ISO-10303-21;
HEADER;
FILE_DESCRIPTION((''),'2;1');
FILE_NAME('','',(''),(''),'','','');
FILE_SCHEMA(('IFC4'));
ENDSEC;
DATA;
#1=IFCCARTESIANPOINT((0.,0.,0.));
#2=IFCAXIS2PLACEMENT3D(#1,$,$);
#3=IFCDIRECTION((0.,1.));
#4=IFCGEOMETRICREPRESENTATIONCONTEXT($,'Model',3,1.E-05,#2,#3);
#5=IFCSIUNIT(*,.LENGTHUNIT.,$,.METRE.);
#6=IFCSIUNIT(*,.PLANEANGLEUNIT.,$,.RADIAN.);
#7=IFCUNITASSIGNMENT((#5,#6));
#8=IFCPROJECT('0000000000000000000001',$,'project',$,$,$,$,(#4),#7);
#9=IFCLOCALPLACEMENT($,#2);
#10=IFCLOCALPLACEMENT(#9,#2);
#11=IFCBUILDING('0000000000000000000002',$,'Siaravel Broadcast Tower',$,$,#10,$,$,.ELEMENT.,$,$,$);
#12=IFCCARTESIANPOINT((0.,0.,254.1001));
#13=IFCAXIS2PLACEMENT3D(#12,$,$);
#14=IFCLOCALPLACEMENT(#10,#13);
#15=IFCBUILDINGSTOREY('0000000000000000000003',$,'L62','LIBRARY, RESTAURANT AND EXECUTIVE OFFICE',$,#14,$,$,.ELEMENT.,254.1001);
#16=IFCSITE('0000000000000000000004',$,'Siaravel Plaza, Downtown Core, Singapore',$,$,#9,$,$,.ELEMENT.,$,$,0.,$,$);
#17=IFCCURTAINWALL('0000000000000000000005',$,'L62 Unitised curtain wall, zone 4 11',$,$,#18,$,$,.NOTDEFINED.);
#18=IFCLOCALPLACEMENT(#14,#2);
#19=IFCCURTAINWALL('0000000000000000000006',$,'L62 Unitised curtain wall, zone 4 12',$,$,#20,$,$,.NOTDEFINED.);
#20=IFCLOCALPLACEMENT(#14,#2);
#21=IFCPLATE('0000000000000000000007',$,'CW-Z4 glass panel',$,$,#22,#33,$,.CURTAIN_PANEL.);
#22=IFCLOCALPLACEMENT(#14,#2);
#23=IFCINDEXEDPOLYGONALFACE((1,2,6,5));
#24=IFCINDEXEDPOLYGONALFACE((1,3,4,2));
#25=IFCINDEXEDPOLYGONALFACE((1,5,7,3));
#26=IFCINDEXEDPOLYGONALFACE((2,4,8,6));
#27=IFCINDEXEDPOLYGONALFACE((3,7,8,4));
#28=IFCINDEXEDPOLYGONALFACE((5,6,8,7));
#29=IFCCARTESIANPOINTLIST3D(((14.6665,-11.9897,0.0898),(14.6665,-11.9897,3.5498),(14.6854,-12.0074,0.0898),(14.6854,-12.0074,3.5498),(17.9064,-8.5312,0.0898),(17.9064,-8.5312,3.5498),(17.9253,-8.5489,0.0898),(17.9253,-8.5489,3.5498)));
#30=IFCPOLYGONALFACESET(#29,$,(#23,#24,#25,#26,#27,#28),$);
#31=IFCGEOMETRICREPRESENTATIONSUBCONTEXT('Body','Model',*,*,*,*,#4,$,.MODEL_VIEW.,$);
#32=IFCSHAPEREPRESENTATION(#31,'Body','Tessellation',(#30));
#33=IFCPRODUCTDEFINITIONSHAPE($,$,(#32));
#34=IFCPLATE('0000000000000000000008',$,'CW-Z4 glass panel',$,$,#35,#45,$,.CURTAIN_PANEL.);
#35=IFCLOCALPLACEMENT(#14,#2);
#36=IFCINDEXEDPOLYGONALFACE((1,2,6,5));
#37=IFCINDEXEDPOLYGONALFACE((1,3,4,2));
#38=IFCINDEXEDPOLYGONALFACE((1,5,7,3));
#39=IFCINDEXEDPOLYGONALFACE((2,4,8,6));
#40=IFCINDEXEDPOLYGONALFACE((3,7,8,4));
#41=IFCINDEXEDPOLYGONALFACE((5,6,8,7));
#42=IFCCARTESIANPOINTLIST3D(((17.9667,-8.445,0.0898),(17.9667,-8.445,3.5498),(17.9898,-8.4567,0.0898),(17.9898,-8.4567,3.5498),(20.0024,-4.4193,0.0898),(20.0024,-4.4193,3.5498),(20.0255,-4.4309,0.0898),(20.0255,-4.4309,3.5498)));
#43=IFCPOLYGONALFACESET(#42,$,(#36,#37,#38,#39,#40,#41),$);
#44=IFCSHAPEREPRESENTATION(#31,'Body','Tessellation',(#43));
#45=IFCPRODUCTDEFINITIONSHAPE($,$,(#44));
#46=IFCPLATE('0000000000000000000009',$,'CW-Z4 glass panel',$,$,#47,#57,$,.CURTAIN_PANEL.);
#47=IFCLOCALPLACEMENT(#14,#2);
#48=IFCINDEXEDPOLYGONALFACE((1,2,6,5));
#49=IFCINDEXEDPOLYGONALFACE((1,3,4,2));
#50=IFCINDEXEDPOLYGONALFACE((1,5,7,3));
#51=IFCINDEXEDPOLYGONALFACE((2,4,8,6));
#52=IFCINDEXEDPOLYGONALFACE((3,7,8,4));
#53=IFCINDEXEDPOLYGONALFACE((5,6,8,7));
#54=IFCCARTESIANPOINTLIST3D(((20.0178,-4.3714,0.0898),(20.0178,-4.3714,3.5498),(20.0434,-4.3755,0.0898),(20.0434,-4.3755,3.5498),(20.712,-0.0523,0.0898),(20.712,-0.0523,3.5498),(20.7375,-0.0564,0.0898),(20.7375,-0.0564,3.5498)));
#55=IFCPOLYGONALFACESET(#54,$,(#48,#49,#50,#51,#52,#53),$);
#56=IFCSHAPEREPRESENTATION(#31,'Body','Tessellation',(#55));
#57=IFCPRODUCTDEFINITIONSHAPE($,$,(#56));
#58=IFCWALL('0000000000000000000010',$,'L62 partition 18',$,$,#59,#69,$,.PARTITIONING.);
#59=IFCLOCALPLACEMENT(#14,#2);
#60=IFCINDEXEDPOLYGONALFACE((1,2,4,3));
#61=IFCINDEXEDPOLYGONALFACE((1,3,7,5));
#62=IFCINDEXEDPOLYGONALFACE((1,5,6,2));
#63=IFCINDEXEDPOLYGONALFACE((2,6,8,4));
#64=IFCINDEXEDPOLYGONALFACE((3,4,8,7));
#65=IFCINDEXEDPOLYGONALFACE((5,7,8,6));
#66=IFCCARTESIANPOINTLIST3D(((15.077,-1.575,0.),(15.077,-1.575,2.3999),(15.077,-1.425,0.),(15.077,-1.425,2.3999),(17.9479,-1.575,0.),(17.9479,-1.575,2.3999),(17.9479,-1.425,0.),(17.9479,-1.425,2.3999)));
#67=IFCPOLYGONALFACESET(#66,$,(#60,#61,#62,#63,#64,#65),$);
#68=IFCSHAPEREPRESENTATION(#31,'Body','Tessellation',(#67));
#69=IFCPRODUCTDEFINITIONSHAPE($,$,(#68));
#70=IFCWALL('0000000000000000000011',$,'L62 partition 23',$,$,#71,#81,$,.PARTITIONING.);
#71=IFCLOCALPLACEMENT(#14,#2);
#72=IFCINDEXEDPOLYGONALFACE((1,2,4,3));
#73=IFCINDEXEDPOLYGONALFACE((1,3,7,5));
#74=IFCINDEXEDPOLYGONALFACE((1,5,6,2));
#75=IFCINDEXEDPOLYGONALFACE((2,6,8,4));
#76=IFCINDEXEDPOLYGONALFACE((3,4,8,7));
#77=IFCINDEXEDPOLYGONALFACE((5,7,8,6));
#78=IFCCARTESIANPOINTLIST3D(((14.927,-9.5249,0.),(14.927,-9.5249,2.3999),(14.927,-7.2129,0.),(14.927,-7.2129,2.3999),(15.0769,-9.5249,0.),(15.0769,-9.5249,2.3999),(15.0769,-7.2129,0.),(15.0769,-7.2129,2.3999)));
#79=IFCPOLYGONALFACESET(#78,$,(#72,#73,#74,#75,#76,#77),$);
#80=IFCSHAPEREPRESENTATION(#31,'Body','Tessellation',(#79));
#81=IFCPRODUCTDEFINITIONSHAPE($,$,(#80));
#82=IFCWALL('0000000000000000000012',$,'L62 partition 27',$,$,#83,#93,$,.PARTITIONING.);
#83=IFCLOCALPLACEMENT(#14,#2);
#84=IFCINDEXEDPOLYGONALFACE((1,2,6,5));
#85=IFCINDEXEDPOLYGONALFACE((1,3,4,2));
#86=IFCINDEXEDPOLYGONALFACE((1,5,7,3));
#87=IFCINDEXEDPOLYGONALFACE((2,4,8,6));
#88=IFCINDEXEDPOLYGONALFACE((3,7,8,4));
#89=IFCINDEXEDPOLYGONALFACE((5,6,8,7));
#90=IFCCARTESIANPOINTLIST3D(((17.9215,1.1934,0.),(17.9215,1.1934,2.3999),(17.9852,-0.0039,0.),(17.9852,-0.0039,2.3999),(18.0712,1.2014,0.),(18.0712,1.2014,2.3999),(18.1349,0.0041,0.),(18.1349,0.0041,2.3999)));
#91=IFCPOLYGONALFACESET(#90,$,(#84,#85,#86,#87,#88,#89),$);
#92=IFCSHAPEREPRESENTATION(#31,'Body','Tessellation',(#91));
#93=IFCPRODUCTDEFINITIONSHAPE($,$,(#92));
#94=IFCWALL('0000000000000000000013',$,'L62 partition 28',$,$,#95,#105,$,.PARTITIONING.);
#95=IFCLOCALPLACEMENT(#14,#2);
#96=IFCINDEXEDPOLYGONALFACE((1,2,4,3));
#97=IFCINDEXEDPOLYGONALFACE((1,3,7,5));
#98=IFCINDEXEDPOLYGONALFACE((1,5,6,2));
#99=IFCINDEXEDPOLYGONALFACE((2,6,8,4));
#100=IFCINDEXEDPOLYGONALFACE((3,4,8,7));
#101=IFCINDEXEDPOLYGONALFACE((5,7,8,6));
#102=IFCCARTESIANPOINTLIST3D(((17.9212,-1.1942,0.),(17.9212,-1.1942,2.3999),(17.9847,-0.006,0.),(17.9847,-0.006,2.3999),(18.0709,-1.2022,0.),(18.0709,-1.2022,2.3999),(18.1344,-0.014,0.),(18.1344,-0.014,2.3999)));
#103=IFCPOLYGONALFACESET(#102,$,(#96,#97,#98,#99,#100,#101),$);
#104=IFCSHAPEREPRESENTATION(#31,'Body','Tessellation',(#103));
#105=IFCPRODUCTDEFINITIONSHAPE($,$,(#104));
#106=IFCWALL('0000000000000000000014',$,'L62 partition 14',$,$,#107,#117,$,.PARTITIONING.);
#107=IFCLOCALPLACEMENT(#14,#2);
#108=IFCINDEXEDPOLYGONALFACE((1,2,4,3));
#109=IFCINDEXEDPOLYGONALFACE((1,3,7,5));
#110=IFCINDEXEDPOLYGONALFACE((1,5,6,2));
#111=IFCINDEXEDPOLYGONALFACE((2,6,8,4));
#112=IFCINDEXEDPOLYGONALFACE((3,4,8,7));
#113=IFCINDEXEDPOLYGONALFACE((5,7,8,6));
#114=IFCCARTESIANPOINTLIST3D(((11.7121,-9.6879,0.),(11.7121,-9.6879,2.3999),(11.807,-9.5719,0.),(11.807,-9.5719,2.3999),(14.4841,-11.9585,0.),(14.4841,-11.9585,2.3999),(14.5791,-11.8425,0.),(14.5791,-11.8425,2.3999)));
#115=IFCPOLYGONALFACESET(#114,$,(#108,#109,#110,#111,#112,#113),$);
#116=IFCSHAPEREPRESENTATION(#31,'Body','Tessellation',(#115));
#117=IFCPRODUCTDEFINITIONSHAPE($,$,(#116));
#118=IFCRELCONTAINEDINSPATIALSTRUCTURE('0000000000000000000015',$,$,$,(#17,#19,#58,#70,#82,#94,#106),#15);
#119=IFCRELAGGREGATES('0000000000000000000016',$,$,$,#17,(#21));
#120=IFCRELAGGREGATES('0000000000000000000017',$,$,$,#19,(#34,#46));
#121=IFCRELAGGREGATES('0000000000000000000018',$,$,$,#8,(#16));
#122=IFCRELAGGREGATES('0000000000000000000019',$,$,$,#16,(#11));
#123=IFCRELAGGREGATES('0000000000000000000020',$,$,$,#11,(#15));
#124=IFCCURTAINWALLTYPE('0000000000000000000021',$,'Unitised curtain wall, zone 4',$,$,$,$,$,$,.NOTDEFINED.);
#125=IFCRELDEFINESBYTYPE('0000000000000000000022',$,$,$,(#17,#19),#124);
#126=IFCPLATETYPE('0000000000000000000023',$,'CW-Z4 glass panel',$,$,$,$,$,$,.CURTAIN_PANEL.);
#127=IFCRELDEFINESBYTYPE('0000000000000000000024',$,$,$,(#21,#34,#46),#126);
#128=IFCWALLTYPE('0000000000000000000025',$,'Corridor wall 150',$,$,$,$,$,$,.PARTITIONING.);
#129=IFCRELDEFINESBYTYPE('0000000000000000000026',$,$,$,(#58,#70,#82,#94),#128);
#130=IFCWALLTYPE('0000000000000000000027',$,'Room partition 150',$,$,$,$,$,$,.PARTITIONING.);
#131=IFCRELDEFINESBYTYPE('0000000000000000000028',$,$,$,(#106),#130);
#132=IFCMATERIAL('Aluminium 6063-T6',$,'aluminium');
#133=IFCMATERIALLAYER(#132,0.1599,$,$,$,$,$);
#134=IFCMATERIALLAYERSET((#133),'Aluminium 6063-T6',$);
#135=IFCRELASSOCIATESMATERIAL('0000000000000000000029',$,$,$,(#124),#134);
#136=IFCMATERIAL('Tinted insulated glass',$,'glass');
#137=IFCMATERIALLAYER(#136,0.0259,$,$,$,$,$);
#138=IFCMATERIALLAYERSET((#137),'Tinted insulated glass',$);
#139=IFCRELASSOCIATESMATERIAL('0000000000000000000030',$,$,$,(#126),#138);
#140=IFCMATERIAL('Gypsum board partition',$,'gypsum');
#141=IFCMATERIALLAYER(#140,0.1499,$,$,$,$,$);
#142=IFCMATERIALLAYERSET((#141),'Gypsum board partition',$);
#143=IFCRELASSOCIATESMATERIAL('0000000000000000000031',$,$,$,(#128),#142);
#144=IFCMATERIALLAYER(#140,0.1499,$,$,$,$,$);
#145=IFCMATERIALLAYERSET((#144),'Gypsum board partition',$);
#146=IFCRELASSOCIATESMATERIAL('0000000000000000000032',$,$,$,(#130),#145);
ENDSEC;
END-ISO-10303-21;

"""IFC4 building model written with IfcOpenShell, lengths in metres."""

from ifc_helpers import new_model, si_unit, direction, frame, frame_2d, origin, origin_2d, place, context, subcontext, project, spatial, rectangle, extrude, material, layer, layer_set, type_object, element, aggregate, save


model = new_model("IFC4")

# Units and contexts
model_context = context("Model", 3, precision=1e-05, world=origin(), true_north=direction((0.0, 1.0)))
body_context = subcontext(model_context, "Body", "Model", "MODEL_VIEW")
ifc_project = project(units=[si_unit("LENGTHUNIT", "METRE"), si_unit("PLANEANGLEUNIT", "RADIAN")], contexts=[model_context])

# Site, building, storey
site_placement = place(None, origin())
site = spatial("IfcSite", under=ifc_project, at=site_placement, Name="Siaravel Plaza, Downtown Core, Singapore", CompositionType="ELEMENT", RefElevation=0.0)
building_placement = place(site_placement, origin())
building = spatial("IfcBuilding", under=site, at=building_placement, Name="Siaravel Broadcast Tower", CompositionType="ELEMENT")
storey_placement = place(building_placement, frame((0.0, 0.0, 254.1001)))
storey = spatial("IfcBuildingStorey", under=building, at=storey_placement, Name="L62", Description="LIBRARY, RESTAURANT AND EXECUTIVE OFFICE", CompositionType="ELEMENT", Elevation=254.1001)

# Shared definitions
ifc_material_1 = material(Name="Aluminium 6063-T6", Category="aluminium")
ifc_layer_1 = layer(ifc_material_1, 0.1599)
ifc_layer_set_1 = layer_set([ifc_layer_1], Name="Aluminium 6063-T6")
curtain_wall_type = type_object("IfcCurtainWallType", Name="Unitised curtain wall, zone 4", PredefinedType="NOTDEFINED", material=ifc_layer_set_1)

# Curtain walls
curtain_wall_1_placement = place(storey_placement, origin())
curtain_wall_1 = element("IfcCurtainWall", 1, at=curtain_wall_1_placement, inside=storey, type_object=curtain_wall_type, Name="L62 Unitised curtain wall, zone 4 11", PredefinedType="NOTDEFINED")
curtain_wall_2_placement = place(storey_placement, origin())
curtain_wall_2 = element("IfcCurtainWall", 2, at=curtain_wall_2_placement, inside=storey, type_object=curtain_wall_type, Name="L62 Unitised curtain wall, zone 4 12", PredefinedType="NOTDEFINED")

# Plates
ifc_material_2 = material(Name="Tinted insulated glass", Category="glass")
ifc_layer_2 = layer(ifc_material_2, 0.0259)
ifc_layer_set_2 = layer_set([ifc_layer_2], Name="Tinted insulated glass")
plate_type = type_object("IfcPlateType", Name="CW-Z4 glass panel", PredefinedType="CURTAIN_PANEL", material=ifc_layer_set_2)
plate_1_placement = place(storey_placement, frame((16.2959, -10.2693, 0.0898), z_axis=(0.0, 0.0, 1.0), x_axis=(0.683654, 0.729807, 0.0)))
plate_1 = element("IfcPlate", 3, at=plate_1_placement, type_object=plate_type, Name="CW-Z4 glass panel", PredefinedType="CURTAIN_PANEL", context=body_context, shape_type="SweptSolid", body=[
    extrude(rectangle(XDim=4.739, YDim=0.0259, at=origin_2d()), origin(), (0.0, 0.0, 1.0), 3.46),
])
aggregate(curtain_wall_1, [plate_1])
plate_2_placement = place(storey_placement, frame((18.9961, -6.438, 0.0898), z_axis=(0.0, 0.0, 1.0), x_axis=(0.451259, 0.892393, 0.0)))
plate_2 = element("IfcPlate", 4, at=plate_2_placement, type_object=plate_type, Name="CW-Z4 glass panel", PredefinedType="CURTAIN_PANEL", context=body_context, shape_type="SweptSolid", body=[
    extrude(rectangle(XDim=4.5112, YDim=0.0259, at=origin_2d()), origin(), (0.0, 0.0, 1.0), 3.46),
])
plate_3_placement = place(storey_placement, frame((20.3777, -2.2139, 0.0898), z_axis=(0.0, 0.0, 1.0), x_axis=(0.158685, 0.987329, 0.0)))
plate_3 = element("IfcPlate", 5, at=plate_3_placement, type_object=plate_type, Name="CW-Z4 glass panel", PredefinedType="CURTAIN_PANEL", context=body_context, shape_type="SweptSolid", body=[
    extrude(rectangle(XDim=4.3745, YDim=0.0259, at=origin_2d()), origin(), (0.0, 0.0, 1.0), 3.46),
])
aggregate(curtain_wall_2, [plate_2, plate_3])

# Shared definitions
ifc_material_3 = material(Name="Gypsum board partition", Category="gypsum")
ifc_layer_3 = layer(ifc_material_3, 0.1499)
ifc_layer_set_3 = layer_set([ifc_layer_3], Name="Gypsum board partition")
wall_type_1 = type_object("IfcWallType", Name="Corridor wall 150", PredefinedType="PARTITIONING", material=ifc_layer_set_3)

# Walls
wall_1_placement = place(storey_placement, frame((15.0769, -1.5, 0.0), z_axis=(0.0, 0.0, 1.0), x_axis=(1.0, 0.0, 0.0)))
element("IfcWall", 6, at=wall_1_placement, inside=storey, type_object=wall_type_1, Name="L62 partition 18", PredefinedType="PARTITIONING", context=body_context, shape_type="SweptSolid", body=[
    extrude(rectangle(XDim=2.8708, YDim=0.1499, at=frame_2d((1.4355, 0.0))), origin(), (0.0, 0.0, 1.0), 2.3999),
])
wall_2_placement = place(storey_placement, frame((15.002, -9.5249, 0.0), z_axis=(0.0, 0.0, 1.0), x_axis=(0.0, 1.0, 0.0)))
element("IfcWall", 7, at=wall_2_placement, inside=storey, type_object=wall_type_1, Name="L62 partition 23", PredefinedType="PARTITIONING", context=body_context, shape_type="SweptSolid", body=[
    extrude(rectangle(XDim=2.312, YDim=0.1499, at=frame_2d((1.156, 0.0))), origin(), (0.0, 0.0, 1.0), 2.3999),
])
wall_3_placement = place(storey_placement, frame((18.0601, 0.0, 0.0), z_axis=(0.0, 0.0, 1.0), x_axis=(-0.053147, 0.998587, 0.0)))
element("IfcWall", 8, at=wall_3_placement, inside=storey, type_object=wall_type_1, Name="L62 partition 27", PredefinedType="PARTITIONING", context=body_context, shape_type="SweptSolid", body=[
    extrude(rectangle(XDim=1.199, YDim=0.1499, at=frame_2d((0.5996, 0.0))), origin(), (0.0, 0.0, 1.0), 2.3999),
])
wall_4_placement = place(storey_placement, frame((17.9961, -1.1982, 0.0), z_axis=(0.0, 0.0, 1.0), x_axis=(0.053345, 0.998576, 0.0)))
element("IfcWall", 9, at=wall_4_placement, inside=storey, type_object=wall_type_1, Name="L62 partition 28", PredefinedType="PARTITIONING", context=body_context, shape_type="SweptSolid", body=[
    extrude(rectangle(XDim=1.1899, YDim=0.1499, at=frame_2d((0.595, 0.0))), origin(), (0.0, 0.0, 1.0), 2.3999),
])
ifc_layer_4 = layer(ifc_material_3, 0.1499)
ifc_layer_set_4 = layer_set([ifc_layer_4], Name="Gypsum board partition")
wall_type_2 = type_object("IfcWallType", Name="Room partition 150", PredefinedType="PARTITIONING", material=ifc_layer_set_4)
wall_5_placement = place(storey_placement, frame((14.5315, -11.9004, 0.0), z_axis=(0.0, 0.0, 1.0), x_axis=(-0.773611, 0.633661, 0.0)))
element("IfcWall", 10, at=wall_5_placement, inside=storey, type_object=wall_type_2, Name="L62 partition 14", PredefinedType="PARTITIONING", context=body_context, shape_type="SweptSolid", body=[
    extrude(rectangle(XDim=3.5833, YDim=0.1499, at=frame_2d((1.7915, 0.0))), origin(), (0.0, 0.0, 1.0), 2.3999),
])

save(model, "model.ifc")
